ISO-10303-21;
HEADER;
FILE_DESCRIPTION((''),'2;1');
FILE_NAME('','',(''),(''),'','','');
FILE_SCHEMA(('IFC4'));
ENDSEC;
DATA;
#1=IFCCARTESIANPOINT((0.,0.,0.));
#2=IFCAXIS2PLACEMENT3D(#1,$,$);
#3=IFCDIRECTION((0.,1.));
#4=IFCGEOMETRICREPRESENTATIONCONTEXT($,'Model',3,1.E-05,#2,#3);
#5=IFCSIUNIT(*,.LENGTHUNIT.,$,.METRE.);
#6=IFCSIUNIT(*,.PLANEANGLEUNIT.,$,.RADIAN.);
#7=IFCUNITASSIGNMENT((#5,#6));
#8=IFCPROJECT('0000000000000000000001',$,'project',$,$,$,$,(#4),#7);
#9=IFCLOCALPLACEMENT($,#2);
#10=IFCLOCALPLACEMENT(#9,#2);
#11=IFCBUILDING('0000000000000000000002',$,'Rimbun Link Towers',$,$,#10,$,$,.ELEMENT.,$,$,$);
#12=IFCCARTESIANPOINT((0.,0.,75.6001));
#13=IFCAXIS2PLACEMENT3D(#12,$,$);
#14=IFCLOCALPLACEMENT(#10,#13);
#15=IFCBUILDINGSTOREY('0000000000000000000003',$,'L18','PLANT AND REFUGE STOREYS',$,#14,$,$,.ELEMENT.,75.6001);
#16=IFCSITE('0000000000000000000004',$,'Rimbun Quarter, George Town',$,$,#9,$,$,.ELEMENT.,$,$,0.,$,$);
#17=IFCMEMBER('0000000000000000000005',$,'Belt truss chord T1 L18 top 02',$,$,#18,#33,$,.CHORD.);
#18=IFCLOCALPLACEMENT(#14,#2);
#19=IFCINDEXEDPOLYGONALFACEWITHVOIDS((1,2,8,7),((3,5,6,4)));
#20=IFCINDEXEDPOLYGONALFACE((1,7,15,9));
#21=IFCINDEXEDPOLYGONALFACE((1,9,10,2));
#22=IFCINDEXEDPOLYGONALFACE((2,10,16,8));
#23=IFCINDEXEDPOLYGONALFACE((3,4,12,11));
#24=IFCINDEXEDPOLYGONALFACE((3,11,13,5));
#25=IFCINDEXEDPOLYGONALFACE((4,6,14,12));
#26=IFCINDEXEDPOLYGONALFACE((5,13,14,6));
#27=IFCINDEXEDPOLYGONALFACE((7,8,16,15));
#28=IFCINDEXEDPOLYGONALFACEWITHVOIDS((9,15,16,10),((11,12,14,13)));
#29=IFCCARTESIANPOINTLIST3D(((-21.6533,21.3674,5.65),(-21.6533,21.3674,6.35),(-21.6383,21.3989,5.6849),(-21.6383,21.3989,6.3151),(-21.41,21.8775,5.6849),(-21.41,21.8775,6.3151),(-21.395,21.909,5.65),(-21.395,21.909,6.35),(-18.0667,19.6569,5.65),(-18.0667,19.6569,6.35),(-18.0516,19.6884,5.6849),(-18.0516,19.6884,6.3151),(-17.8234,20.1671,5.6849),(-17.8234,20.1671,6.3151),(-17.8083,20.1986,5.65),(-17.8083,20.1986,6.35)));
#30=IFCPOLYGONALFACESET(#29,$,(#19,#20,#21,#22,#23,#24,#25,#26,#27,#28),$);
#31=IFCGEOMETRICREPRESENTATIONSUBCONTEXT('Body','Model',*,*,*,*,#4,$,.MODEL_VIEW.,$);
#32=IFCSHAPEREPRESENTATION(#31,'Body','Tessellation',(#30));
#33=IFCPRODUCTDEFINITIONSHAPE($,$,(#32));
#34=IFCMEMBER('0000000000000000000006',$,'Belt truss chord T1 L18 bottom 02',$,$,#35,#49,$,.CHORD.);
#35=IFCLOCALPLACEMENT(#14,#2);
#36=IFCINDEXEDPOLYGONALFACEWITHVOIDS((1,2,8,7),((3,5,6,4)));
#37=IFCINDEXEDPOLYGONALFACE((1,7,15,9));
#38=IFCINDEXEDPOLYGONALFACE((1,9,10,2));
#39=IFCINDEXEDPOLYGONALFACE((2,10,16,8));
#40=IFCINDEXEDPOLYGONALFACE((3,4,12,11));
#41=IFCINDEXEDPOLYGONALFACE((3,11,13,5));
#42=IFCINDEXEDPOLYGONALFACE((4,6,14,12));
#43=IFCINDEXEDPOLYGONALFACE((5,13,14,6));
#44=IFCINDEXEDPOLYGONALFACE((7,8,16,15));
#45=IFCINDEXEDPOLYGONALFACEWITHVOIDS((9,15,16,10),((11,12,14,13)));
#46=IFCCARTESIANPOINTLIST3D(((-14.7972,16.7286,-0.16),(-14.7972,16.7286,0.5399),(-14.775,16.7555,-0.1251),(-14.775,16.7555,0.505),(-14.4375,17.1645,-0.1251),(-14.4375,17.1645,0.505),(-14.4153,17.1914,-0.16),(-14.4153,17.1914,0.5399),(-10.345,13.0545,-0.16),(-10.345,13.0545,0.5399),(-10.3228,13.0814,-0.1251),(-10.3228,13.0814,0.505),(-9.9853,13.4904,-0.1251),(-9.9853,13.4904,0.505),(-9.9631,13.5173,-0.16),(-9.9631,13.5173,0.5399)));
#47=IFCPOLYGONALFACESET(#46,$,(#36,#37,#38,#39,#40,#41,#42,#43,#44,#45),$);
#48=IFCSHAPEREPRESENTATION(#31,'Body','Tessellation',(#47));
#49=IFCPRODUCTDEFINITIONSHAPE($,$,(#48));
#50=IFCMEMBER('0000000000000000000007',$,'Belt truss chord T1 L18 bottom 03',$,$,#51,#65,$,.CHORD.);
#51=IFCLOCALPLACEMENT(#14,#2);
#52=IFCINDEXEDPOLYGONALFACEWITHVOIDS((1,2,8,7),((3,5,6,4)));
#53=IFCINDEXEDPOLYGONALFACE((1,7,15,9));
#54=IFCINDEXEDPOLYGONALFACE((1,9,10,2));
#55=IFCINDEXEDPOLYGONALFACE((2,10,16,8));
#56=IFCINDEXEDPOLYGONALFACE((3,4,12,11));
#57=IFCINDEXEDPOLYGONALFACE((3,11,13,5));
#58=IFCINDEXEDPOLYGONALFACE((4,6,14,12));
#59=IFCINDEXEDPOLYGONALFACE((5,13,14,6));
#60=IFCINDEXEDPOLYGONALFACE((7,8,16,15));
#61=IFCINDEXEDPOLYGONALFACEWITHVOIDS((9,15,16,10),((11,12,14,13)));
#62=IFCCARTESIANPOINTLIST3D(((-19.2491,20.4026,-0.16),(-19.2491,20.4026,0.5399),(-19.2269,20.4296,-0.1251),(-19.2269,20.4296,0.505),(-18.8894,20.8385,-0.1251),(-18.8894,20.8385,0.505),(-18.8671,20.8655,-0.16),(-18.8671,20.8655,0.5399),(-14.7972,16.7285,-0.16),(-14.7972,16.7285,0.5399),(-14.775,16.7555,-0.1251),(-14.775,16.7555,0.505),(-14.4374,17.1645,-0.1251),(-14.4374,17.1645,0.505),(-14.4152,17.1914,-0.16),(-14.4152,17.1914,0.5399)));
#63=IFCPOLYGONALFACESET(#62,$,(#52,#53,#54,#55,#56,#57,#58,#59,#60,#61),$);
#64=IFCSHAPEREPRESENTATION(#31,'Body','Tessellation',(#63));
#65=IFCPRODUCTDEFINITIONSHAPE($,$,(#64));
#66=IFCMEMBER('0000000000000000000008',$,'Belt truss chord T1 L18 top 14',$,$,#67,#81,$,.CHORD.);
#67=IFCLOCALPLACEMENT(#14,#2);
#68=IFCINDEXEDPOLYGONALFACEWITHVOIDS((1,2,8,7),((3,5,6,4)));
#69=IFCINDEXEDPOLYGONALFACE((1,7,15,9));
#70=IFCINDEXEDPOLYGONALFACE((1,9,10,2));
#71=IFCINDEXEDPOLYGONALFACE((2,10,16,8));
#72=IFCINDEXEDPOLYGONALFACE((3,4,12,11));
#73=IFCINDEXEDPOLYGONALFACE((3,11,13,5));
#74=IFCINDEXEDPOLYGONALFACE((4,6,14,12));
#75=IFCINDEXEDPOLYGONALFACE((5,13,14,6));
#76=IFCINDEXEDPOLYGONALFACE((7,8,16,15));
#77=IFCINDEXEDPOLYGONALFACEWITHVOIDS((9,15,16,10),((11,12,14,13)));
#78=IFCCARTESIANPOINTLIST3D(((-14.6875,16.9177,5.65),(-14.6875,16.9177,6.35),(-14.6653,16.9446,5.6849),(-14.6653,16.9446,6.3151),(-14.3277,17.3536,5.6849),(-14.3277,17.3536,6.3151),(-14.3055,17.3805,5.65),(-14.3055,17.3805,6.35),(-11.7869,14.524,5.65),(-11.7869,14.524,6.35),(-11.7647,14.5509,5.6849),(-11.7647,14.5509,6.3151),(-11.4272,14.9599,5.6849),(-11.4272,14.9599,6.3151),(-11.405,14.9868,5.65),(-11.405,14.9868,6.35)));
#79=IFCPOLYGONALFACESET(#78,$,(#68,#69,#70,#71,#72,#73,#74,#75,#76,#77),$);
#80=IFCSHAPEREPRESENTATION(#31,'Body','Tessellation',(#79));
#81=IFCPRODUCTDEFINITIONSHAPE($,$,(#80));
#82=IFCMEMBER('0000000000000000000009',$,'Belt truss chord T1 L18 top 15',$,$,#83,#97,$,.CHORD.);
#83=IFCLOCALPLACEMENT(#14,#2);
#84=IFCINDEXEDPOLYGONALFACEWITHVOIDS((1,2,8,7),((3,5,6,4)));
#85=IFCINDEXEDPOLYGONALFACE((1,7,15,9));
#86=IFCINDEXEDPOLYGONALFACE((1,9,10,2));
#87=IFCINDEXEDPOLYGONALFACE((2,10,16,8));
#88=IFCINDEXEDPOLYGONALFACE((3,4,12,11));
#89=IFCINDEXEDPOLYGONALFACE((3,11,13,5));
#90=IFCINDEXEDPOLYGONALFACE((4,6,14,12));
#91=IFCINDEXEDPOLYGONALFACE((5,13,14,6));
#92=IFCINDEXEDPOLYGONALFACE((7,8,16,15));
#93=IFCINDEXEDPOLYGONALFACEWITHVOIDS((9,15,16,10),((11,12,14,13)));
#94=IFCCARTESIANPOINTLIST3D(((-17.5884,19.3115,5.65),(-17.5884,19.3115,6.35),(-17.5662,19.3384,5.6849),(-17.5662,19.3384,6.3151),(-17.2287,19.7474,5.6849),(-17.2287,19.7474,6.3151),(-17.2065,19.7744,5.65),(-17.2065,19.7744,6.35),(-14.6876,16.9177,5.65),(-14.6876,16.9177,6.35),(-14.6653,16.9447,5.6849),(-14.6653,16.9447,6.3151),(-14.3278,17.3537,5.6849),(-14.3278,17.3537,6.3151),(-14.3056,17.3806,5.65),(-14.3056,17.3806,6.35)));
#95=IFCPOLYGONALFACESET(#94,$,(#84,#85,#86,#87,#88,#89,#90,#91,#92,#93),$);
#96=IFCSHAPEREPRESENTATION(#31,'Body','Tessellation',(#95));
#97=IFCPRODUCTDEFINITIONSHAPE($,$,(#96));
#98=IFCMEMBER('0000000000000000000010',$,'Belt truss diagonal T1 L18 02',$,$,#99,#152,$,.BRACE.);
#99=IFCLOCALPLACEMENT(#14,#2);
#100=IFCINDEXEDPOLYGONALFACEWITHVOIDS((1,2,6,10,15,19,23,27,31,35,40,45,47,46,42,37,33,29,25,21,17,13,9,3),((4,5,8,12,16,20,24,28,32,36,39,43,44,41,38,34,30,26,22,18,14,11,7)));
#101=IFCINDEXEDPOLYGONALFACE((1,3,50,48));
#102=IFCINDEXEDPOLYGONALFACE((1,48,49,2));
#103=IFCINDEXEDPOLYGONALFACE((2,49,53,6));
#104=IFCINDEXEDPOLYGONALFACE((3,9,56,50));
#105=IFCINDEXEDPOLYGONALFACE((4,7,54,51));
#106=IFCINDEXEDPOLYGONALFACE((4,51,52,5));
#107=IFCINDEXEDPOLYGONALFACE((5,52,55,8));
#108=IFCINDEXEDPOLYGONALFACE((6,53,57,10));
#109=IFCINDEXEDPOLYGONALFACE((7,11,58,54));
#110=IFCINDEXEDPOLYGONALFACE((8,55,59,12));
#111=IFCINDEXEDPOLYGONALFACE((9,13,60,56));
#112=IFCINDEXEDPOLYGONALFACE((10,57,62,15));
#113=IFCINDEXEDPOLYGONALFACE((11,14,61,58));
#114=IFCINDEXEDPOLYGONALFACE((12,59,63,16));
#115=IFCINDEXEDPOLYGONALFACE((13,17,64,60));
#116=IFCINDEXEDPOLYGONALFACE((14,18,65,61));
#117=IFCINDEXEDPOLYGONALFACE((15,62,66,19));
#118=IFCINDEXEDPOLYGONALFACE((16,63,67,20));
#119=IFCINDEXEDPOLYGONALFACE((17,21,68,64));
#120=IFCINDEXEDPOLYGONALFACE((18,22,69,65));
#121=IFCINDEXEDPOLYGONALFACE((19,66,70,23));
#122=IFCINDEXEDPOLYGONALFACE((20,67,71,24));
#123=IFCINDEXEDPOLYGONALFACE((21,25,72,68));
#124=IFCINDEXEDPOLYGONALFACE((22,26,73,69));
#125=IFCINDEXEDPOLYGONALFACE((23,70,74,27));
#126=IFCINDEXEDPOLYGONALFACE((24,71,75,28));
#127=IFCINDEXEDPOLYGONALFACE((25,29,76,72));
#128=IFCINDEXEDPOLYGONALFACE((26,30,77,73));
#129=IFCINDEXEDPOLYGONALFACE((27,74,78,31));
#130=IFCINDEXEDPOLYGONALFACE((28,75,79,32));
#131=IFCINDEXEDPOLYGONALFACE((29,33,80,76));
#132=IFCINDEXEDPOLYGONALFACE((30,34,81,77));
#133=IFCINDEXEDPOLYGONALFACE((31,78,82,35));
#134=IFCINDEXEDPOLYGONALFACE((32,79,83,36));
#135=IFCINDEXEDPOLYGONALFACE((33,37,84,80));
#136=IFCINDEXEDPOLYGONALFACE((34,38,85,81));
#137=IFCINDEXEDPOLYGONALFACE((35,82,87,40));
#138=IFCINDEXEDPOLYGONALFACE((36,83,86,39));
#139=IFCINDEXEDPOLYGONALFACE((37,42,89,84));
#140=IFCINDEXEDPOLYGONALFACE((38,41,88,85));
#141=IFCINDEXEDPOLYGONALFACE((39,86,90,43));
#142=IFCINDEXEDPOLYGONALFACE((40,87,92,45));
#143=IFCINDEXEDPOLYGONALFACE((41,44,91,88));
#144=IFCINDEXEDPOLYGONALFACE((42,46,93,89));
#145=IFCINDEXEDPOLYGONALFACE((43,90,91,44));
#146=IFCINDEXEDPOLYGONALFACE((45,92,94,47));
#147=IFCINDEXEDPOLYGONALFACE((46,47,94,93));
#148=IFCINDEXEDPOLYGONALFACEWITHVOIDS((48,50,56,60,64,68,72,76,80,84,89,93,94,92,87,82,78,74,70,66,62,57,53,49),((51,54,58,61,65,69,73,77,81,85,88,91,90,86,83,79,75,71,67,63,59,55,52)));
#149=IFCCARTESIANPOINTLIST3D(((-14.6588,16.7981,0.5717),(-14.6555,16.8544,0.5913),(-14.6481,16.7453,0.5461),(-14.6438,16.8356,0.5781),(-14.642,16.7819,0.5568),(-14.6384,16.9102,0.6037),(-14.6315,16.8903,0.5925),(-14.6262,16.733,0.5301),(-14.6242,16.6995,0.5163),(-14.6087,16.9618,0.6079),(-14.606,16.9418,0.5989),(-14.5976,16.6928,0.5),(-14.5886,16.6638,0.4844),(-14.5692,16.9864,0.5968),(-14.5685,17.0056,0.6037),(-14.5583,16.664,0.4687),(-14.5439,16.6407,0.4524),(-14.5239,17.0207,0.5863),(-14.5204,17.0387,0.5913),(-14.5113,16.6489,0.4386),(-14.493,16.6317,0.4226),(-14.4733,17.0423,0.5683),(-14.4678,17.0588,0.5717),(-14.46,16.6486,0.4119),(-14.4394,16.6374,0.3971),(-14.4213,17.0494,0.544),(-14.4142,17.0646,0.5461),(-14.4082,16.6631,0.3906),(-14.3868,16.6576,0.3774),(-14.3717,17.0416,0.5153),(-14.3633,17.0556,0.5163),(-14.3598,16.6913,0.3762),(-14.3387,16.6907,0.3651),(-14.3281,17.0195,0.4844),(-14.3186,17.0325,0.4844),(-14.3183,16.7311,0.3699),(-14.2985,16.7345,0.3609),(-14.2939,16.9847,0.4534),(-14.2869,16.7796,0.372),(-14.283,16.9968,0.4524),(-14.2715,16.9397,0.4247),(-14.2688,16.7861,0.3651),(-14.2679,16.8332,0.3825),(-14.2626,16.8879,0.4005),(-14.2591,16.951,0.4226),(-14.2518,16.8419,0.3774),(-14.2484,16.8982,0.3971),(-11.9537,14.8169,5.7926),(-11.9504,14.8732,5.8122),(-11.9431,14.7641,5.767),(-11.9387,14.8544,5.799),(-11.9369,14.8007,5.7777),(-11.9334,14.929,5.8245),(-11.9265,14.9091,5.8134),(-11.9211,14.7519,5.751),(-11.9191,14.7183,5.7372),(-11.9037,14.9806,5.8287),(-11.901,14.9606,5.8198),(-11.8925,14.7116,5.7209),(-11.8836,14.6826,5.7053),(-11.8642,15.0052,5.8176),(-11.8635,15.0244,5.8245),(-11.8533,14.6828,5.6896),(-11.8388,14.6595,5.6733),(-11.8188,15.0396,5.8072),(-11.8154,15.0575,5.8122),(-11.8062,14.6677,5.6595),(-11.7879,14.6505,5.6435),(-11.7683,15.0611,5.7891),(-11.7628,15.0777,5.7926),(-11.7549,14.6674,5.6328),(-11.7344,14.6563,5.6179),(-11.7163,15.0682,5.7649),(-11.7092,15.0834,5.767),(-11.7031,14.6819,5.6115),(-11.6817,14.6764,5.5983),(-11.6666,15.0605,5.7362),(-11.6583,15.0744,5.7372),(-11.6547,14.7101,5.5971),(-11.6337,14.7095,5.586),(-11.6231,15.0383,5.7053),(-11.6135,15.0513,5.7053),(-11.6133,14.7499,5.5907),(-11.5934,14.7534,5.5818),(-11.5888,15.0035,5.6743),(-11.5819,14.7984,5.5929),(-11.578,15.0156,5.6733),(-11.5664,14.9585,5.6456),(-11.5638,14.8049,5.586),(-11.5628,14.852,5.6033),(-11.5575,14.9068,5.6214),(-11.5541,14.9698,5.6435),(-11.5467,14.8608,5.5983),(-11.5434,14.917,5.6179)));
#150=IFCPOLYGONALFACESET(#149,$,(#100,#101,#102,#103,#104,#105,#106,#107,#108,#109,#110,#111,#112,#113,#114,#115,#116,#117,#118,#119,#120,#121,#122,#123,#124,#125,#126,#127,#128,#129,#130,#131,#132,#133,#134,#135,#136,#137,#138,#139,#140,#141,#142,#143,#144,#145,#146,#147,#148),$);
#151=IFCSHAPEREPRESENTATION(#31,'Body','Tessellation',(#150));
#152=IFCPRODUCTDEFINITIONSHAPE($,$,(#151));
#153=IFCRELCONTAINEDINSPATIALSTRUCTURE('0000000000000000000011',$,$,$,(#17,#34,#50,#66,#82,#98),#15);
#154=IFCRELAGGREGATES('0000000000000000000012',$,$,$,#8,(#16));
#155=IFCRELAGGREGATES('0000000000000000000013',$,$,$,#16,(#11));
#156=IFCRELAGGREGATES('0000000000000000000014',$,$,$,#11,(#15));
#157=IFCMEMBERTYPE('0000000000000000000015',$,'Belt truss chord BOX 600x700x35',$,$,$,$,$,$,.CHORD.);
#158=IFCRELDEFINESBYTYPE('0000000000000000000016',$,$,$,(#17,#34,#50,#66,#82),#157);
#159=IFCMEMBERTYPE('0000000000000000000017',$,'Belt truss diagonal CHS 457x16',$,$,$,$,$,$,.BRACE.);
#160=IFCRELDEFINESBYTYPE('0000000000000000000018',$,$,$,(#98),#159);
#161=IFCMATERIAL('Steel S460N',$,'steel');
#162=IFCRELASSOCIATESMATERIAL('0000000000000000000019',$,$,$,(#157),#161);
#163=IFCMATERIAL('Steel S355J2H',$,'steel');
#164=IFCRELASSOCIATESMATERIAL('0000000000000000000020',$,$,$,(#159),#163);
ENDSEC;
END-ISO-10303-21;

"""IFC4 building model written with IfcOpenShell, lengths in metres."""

from ifc_helpers import new_model, si_unit, direction, frame, origin, origin_2d, place, context, subcontext, project, spatial, hollow_rectangle, hollow_circle, extrude, material, material_profile, profile_set, type_object, element, save


model = new_model("IFC4")

# Units and contexts
model_context = context("Model", 3, precision=1e-05, world=origin(), true_north=direction((0.0, 1.0)))
body_context = subcontext(model_context, "Body", "Model", "MODEL_VIEW")
ifc_project = project(units=[si_unit("LENGTHUNIT", "METRE"), si_unit("PLANEANGLEUNIT", "RADIAN")], contexts=[model_context])

# Site, building, storey
site_placement = place(None, origin())
site = spatial("IfcSite", under=ifc_project, at=site_placement, Name="Rimbun Quarter, George Town", CompositionType="ELEMENT", RefElevation=0.0)
building_placement = place(site_placement, origin())
building = spatial("IfcBuilding", under=site, at=building_placement, Name="Rimbun Link Towers", CompositionType="ELEMENT")
storey_placement = place(building_placement, frame((0.0, 0.0, 75.6001)))
storey = spatial("IfcBuildingStorey", under=building, at=storey_placement, Name="L18", Description="PLANT AND REFUGE STOREYS", CompositionType="ELEMENT", Elevation=75.6001)

# Members
ifc_material_1 = material(Name="Steel S460N", Category="steel")
ifc_material_profile_1 = material_profile(ifc_material_1, hollow_rectangle(XDim=0.6001, YDim=0.7, WallThickness=0.0349, at=origin_2d()), Name="Belt truss chord BOX 600x700x35")
ifc_profile_set_1 = profile_set([ifc_material_profile_1], Name="Steel S460N")
member_type_1 = type_object("IfcMemberType", Name="Belt truss chord BOX 600x700x35", PredefinedType="CHORD", material=ifc_profile_set_1)
member_1_placement = place(storey_placement, frame((-17.9375, 19.9277, 6.0), z_axis=(-0.902615, 0.430449, 0.0), x_axis=(-0.430449, -0.902615, 0.0)))
element("IfcMember", 1, at=member_1_placement, inside=storey, type_object=member_type_1, Name="Belt truss chord T1 L18 top 02", PredefinedType="CHORD", context=body_context, shape_type="SweptSolid", body=[
    extrude(hollow_rectangle(XDim=0.6001, YDim=0.7, WallThickness=0.0349, at=origin_2d()), origin(), (0.0, 0.0, 1.0), 3.9736),
])
member_2_placement = place(storey_placement, frame((-10.1541, 13.2859, 0.1899), z_axis=(-0.771284, 0.636491, 0.0), x_axis=(-0.636491, -0.771284, 0.0)))
element("IfcMember", 2, at=member_2_placement, inside=storey, type_object=member_type_1, Name="Belt truss chord T1 L18 bottom 02", PredefinedType="CHORD", context=body_context, shape_type="SweptSolid", body=[
    extrude(hollow_rectangle(XDim=0.6001, YDim=0.7, WallThickness=0.0349, at=origin_2d()), origin(), (0.0, 0.0, 1.0), 5.7725),
])
member_3_placement = place(storey_placement, frame((-14.6062, 16.96, 0.1899), z_axis=(-0.771267, 0.636512, 0.0), x_axis=(-0.636512, -0.771267, 0.0)))
element("IfcMember", 3, at=member_3_placement, inside=storey, type_object=member_type_1, Name="Belt truss chord T1 L18 bottom 03", PredefinedType="CHORD", context=body_context, shape_type="SweptSolid", body=[
    extrude(hollow_rectangle(XDim=0.6001, YDim=0.7, WallThickness=0.0349, at=origin_2d()), origin(), (0.0, 0.0, 1.0), 5.7722),
])
member_4_placement = place(storey_placement, frame((-11.5959, 14.7554, 6.0), z_axis=(-0.771272, 0.636506, 0.0), x_axis=(-0.636506, -0.771272, 0.0)))
element("IfcMember", 4, at=member_4_placement, inside=storey, type_object=member_type_1, Name="Belt truss chord T1 L18 top 14", PredefinedType="CHORD", context=body_context, shape_type="SweptSolid", body=[
    extrude(hollow_rectangle(XDim=0.6001, YDim=0.7, WallThickness=0.0349, at=origin_2d()), origin(), (0.0, 0.0, 1.0), 3.7607),
])
member_5_placement = place(storey_placement, frame((-14.4966, 17.1492, 6.0), z_axis=(-0.771298, 0.636474, 0.0), x_axis=(-0.636474, -0.771298, 0.0)))
element("IfcMember", 5, at=member_5_placement, inside=storey, type_object=member_type_1, Name="Belt truss chord T1 L18 top 15", PredefinedType="CHORD", context=body_context, shape_type="SweptSolid", body=[
    extrude(hollow_rectangle(XDim=0.6001, YDim=0.7, WallThickness=0.0349, at=origin_2d()), origin(), (0.0, 0.0, 1.0), 3.761),
])
ifc_material_2 = material(Name="Steel S355J2H", Category="steel")
ifc_material_profile_2 = material_profile(ifc_material_2, hollow_circle(Radius=0.2285, WallThickness=0.0161, at=origin_2d()), Name="Belt truss diagonal CHS 457x16")
ifc_profile_set_2 = profile_set([ifc_material_profile_2], Name="Steel S355J2H")
member_type_2 = type_object("IfcMemberType", Name="Belt truss diagonal CHS 457x16", PredefinedType="BRACE", material=ifc_profile_set_2)
member_6_placement = place(storey_placement, frame((-14.4536, 16.8481, 0.4844), z_axis=(0.435958, -0.319296, 0.841422), x_axis=(0.590874, 0.806764, 0.0)))
element("IfcMember", 6, at=member_6_placement, inside=storey, type_object=member_type_2, Name="Belt truss diagonal T1 L18 02", PredefinedType="BRACE", context=body_context, shape_type="SweptSolid", body=[
    extrude(hollow_circle(Radius=0.2285, WallThickness=0.0161, at=origin_2d()), origin(), (0.0, 0.0, 1.0), 6.2048),
])

save(model, "model.ifc")
